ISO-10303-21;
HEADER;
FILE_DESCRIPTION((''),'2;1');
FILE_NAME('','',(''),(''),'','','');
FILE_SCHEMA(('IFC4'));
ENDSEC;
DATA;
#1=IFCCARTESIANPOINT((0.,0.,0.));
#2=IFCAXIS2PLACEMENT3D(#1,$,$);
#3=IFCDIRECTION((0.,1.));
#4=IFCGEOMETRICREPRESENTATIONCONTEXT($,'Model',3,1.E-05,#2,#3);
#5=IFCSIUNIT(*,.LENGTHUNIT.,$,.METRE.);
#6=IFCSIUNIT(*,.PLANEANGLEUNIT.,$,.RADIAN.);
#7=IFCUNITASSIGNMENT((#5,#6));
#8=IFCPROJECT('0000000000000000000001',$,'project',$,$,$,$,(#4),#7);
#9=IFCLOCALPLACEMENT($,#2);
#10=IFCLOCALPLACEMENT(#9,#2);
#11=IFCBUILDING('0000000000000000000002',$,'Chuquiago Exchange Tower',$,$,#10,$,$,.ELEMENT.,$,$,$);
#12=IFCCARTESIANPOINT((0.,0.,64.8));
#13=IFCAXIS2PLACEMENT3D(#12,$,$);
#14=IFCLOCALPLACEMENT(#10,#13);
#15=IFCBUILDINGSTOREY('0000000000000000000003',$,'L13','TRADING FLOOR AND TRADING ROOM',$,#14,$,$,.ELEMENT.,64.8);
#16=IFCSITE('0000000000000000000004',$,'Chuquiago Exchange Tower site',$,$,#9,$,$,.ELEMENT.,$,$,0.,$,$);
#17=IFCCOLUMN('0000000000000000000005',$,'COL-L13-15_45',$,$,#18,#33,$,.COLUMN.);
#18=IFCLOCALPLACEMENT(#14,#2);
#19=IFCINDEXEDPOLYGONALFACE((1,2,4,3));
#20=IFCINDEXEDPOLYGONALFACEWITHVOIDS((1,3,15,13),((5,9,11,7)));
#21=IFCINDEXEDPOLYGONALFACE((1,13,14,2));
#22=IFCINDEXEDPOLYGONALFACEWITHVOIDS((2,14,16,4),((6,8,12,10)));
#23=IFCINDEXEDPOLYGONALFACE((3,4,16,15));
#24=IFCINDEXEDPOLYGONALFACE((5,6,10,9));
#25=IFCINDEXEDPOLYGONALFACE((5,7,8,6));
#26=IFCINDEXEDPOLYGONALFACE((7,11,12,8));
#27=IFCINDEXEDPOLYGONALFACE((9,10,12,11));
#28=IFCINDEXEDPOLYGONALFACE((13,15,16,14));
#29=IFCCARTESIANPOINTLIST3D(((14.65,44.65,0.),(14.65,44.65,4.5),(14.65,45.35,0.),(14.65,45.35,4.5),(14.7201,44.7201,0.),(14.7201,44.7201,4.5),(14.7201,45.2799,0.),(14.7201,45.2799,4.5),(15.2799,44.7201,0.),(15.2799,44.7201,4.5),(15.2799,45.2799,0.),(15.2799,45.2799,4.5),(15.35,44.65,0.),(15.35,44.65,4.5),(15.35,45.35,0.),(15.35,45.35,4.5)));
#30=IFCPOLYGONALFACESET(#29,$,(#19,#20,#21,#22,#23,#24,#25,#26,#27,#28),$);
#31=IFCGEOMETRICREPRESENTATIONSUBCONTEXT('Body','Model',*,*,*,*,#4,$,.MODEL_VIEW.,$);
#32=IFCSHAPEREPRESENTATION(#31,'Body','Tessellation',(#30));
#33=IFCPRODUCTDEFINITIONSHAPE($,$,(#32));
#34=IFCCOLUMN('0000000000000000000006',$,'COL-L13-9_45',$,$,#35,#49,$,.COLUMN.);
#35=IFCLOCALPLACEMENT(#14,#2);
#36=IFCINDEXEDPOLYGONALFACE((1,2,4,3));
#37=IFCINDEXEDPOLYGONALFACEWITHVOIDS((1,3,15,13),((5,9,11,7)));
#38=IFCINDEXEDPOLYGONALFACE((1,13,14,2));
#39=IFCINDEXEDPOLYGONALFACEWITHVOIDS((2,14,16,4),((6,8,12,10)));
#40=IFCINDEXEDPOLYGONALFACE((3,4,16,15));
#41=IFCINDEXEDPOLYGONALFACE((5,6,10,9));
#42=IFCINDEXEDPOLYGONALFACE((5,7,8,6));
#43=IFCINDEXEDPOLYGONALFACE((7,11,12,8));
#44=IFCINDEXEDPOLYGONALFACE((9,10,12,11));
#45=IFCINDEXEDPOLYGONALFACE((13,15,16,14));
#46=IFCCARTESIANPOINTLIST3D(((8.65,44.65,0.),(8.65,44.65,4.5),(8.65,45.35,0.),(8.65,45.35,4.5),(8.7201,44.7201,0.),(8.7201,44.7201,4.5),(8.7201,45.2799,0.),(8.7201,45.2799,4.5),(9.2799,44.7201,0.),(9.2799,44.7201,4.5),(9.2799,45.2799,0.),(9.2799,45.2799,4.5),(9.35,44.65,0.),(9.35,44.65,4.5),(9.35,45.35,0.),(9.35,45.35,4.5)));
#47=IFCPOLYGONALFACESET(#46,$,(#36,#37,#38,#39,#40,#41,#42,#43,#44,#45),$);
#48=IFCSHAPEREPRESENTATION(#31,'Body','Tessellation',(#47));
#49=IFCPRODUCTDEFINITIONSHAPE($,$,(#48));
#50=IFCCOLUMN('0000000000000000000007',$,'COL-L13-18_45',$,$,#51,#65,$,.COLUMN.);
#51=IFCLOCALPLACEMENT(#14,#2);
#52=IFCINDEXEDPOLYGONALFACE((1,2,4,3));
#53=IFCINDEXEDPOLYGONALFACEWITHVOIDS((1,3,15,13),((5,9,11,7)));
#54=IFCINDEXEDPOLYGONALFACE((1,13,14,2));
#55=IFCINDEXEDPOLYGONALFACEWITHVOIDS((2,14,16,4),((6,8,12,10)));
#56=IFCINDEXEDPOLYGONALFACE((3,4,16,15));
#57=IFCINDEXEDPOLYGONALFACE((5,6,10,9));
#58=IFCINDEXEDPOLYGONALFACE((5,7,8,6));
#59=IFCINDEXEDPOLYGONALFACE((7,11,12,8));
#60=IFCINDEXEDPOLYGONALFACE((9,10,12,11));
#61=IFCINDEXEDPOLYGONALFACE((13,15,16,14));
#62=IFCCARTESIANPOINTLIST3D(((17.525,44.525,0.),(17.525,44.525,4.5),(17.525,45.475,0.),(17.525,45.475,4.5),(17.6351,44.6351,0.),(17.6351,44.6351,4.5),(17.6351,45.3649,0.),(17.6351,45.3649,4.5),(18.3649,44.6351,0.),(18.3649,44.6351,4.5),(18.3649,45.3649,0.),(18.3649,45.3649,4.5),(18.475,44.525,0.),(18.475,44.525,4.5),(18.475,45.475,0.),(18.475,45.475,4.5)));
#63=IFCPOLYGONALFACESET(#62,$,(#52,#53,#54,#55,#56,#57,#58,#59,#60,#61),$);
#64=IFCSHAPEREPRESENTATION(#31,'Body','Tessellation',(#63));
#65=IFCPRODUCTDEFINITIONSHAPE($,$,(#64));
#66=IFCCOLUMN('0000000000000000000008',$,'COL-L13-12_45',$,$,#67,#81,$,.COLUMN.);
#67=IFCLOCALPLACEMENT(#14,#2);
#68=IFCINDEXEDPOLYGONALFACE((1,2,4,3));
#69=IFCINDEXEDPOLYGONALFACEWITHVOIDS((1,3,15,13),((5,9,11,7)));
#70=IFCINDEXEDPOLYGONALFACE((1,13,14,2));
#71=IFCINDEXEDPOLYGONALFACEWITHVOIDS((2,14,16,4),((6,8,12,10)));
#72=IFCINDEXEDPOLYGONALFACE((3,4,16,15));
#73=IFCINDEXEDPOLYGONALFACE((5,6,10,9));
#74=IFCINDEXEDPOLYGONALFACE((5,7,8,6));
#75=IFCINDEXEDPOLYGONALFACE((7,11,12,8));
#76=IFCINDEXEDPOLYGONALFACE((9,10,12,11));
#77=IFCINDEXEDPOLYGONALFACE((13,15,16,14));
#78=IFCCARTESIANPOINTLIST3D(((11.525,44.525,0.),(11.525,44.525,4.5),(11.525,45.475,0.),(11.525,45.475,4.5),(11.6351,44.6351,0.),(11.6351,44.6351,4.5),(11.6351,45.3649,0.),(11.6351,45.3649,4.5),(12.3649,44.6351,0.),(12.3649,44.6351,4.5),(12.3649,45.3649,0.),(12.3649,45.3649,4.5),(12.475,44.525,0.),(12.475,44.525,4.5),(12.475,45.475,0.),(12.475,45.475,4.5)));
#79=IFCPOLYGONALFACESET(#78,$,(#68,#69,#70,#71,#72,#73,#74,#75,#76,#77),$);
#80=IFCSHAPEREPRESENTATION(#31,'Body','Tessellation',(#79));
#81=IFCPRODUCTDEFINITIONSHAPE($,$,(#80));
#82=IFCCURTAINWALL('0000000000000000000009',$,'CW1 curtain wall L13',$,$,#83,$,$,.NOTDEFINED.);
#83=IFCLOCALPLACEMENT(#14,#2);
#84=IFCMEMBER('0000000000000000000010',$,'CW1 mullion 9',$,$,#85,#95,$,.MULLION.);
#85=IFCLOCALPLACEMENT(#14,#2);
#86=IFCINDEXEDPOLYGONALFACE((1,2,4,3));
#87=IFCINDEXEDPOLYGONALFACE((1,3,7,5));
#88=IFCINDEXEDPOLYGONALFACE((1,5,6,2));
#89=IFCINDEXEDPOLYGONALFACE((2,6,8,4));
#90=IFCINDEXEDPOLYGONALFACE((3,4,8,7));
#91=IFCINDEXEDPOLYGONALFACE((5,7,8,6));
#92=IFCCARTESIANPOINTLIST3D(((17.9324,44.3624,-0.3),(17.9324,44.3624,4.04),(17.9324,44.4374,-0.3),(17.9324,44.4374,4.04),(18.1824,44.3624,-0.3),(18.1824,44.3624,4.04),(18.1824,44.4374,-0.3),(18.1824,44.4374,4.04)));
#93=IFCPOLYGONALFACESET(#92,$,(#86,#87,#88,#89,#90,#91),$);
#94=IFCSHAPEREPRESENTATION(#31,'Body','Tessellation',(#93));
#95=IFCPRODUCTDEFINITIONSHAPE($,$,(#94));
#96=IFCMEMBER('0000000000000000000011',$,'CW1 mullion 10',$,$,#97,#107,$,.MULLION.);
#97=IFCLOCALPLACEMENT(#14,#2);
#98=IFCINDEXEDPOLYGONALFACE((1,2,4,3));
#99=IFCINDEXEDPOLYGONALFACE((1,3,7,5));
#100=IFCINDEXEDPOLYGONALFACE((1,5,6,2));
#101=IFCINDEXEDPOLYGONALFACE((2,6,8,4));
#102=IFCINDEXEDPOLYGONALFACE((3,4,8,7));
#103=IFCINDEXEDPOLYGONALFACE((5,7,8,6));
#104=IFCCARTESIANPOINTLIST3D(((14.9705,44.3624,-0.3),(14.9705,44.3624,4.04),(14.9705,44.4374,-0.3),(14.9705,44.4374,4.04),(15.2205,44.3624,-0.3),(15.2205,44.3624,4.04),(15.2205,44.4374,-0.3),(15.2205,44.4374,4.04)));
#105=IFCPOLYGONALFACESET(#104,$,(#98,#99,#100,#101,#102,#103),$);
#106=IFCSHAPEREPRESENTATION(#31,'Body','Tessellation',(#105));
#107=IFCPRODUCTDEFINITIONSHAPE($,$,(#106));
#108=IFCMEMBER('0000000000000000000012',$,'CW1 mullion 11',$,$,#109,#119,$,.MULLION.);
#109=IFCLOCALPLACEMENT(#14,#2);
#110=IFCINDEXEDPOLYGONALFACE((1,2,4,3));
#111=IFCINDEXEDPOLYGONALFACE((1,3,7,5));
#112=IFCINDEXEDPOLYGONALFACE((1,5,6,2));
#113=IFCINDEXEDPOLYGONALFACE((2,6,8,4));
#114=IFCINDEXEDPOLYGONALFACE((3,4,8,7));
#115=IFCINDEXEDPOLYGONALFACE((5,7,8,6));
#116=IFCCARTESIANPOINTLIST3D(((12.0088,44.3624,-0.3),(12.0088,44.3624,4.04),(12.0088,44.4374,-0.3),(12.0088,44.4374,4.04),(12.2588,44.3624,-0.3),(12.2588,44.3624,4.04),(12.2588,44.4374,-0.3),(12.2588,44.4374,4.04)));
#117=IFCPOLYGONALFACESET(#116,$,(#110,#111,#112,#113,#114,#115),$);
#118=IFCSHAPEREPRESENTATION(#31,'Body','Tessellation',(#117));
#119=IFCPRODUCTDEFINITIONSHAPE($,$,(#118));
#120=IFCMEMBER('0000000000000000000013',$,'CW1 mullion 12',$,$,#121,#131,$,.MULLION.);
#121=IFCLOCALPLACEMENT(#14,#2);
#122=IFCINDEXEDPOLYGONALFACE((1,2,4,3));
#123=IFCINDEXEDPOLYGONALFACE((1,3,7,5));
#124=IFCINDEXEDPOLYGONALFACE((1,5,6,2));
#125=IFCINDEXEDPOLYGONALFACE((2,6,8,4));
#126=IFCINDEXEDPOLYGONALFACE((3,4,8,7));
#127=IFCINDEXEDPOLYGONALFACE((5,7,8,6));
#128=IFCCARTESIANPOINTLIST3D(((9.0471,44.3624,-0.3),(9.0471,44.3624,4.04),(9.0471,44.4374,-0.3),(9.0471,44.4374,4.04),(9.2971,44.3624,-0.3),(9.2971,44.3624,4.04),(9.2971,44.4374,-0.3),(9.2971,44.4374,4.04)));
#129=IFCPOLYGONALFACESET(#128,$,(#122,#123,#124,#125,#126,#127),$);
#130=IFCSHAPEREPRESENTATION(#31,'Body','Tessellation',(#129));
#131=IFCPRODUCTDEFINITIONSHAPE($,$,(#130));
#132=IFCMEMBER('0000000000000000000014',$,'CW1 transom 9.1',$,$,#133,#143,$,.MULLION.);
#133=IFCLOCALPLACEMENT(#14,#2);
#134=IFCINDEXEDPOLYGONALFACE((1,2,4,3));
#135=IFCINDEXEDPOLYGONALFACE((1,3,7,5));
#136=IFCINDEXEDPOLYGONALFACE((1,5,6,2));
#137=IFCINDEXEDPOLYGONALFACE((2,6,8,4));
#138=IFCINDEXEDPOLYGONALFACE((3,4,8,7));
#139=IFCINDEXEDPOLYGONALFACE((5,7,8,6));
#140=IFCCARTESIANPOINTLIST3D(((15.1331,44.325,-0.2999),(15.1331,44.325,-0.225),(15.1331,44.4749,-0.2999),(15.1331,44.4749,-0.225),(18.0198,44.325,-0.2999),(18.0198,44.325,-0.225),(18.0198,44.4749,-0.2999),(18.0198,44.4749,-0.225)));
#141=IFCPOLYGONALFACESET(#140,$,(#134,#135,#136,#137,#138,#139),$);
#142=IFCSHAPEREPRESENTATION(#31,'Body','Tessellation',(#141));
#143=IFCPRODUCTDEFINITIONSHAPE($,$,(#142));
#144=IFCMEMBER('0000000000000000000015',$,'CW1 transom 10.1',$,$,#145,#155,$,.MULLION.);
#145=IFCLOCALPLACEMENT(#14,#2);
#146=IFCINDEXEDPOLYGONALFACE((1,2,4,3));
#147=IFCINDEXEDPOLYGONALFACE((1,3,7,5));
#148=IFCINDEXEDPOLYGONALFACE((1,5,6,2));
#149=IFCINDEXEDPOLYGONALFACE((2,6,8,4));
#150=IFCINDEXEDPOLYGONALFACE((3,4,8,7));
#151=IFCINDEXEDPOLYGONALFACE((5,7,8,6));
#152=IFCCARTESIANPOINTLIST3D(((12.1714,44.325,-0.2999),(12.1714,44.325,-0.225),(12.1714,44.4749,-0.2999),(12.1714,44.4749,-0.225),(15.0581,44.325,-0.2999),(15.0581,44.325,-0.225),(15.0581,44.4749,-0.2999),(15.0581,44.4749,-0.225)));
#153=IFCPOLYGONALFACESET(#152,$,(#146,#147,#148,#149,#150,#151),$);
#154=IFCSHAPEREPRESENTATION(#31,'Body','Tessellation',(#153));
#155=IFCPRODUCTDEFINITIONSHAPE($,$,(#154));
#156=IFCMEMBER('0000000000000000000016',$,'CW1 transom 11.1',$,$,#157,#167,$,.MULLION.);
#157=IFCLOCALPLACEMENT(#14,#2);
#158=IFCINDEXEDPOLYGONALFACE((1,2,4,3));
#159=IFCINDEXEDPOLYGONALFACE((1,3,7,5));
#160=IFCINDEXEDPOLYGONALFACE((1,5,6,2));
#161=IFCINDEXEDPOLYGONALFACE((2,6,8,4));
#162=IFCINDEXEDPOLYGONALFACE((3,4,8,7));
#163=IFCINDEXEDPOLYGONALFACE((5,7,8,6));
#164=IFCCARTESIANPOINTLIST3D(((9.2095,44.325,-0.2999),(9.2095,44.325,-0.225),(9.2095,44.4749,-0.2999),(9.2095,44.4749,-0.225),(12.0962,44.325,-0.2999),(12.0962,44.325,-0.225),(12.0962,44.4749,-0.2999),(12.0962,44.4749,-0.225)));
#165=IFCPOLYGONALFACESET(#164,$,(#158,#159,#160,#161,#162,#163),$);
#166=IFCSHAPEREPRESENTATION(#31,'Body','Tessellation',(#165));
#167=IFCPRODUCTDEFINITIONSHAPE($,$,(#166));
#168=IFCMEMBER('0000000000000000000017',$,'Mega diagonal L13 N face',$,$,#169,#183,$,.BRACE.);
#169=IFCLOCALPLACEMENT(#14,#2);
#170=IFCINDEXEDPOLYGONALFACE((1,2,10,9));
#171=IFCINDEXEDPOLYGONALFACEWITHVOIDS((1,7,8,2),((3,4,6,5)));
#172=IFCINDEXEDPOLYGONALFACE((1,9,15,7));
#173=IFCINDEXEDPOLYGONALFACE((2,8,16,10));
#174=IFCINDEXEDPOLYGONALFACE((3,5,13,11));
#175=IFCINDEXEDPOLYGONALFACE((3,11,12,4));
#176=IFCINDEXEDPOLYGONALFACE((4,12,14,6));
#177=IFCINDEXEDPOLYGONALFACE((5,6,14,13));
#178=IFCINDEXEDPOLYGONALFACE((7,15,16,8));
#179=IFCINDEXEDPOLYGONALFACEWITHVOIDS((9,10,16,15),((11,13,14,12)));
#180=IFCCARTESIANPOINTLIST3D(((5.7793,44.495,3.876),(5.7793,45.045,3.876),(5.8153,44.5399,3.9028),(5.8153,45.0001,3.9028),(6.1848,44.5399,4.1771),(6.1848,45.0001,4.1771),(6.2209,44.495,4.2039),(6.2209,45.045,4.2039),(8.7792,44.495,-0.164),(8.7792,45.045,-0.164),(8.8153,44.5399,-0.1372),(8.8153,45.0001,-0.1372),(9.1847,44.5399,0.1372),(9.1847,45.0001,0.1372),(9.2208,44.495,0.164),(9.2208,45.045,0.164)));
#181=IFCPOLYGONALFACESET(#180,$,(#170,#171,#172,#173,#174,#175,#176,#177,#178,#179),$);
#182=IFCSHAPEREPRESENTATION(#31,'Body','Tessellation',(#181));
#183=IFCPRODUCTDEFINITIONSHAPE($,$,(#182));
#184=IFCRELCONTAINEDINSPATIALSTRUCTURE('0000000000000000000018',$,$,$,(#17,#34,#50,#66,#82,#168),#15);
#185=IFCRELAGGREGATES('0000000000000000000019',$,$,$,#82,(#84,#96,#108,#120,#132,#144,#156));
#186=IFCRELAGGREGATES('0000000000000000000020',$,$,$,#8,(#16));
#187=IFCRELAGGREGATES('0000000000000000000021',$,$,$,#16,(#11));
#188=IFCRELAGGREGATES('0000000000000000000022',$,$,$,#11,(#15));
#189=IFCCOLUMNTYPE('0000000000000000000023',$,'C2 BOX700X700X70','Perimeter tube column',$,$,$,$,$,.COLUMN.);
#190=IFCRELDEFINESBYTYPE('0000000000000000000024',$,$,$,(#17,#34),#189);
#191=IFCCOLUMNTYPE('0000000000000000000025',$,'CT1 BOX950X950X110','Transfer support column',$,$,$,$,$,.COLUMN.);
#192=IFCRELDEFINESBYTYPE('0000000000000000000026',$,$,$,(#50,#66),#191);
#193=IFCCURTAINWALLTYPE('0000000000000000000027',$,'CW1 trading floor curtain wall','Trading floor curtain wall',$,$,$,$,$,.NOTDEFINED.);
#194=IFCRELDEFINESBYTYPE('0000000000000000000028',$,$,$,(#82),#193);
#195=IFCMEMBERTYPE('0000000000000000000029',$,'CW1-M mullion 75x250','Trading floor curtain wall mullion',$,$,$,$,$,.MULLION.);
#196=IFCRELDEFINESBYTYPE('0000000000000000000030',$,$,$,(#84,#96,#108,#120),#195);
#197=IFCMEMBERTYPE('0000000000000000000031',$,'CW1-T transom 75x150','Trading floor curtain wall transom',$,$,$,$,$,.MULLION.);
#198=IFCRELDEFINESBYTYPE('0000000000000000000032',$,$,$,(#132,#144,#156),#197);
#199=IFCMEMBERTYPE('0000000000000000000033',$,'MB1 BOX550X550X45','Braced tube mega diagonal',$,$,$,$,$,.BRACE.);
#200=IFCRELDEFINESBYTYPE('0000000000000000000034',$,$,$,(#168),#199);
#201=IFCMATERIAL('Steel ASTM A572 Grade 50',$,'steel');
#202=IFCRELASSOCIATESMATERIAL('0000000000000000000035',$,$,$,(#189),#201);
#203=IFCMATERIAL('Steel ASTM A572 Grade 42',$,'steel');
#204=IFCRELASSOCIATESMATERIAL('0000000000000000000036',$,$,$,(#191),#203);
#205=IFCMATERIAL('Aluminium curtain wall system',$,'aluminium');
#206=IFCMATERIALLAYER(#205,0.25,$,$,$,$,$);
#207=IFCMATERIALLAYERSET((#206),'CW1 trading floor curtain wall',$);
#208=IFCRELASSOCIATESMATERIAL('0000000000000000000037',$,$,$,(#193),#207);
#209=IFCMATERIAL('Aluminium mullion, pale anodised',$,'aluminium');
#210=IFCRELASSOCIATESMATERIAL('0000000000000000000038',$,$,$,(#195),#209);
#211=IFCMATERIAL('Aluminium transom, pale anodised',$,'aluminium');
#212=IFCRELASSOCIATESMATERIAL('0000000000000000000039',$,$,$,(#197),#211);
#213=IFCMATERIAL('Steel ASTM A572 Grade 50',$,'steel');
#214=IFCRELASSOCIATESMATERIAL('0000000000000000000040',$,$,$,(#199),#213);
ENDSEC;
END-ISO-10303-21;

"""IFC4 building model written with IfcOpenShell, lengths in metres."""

from ifc_helpers import new_model, si_unit, direction, frame, origin, origin_2d, place, context, subcontext, project, spatial, rectangle, hollow_rectangle, extrude, material, layer, layer_set, material_profile, profile_set, type_object, element, aggregate, save


model = new_model("IFC4")

# Units and contexts
model_context = context("Model", 3, precision=1e-05, world=origin(), true_north=direction((0.0, 1.0)))
body_context = subcontext(model_context, "Body", "Model", "MODEL_VIEW")
ifc_project = project(units=[si_unit("LENGTHUNIT", "METRE"), si_unit("PLANEANGLEUNIT", "RADIAN")], contexts=[model_context])

# Site, building, storey
site_placement = place(None, origin())
site = spatial("IfcSite", under=ifc_project, at=site_placement, Name="Chuquiago Exchange Tower site", CompositionType="ELEMENT", RefElevation=0.0)
building_placement = place(site_placement, origin())
building = spatial("IfcBuilding", under=site, at=building_placement, Name="Chuquiago Exchange Tower", CompositionType="ELEMENT")
storey_placement = place(building_placement, frame((0.0, 0.0, 64.8)))
storey = spatial("IfcBuildingStorey", under=building, at=storey_placement, Name="L13", Description="TRADING FLOOR AND TRADING ROOM", CompositionType="ELEMENT", Elevation=64.8)

# Columns
ifc_material_1 = material(Name="Steel ASTM A572 Grade 50", Category="steel")
ifc_material_profile_1 = material_profile(ifc_material_1, hollow_rectangle(XDim=0.7, YDim=0.7, WallThickness=0.0701, at=origin_2d()), Name="BOX700X700X70")
ifc_profile_set_1 = profile_set([ifc_material_profile_1], Name="Steel ASTM A572 Grade 50")
column_type_1 = type_object("IfcColumnType", Name="C2 BOX700X700X70", Description="Perimeter tube column", PredefinedType="COLUMN", material=ifc_profile_set_1)
for number, where, z_axis, x_axis, name in (
    (1, (15.0, 45.0, 0.0), (0.0, 0.0, 1.0), (0.0, 1.0, 0.0), "COL-L13-15_45"),
    (2, (9.0, 45.0, 0.0), (0.0, 0.0, 1.0), (0.0, 1.0, 0.0), "COL-L13-9_45"),
):
    element("IfcColumn", number, at=place(storey_placement, frame(where, z_axis=z_axis, x_axis=x_axis)), inside=storey, type_object=column_type_1, Name=name, PredefinedType="COLUMN", context=body_context, shape_type="SweptSolid", body=[
        extrude(hollow_rectangle(XDim=0.7, YDim=0.7, WallThickness=0.0701, at=origin_2d()), origin(), (0.0, 0.0, 1.0), 4.5),
    ])
ifc_material_2 = material(Name="Steel ASTM A572 Grade 42", Category="steel")
ifc_material_profile_2 = material_profile(ifc_material_2, hollow_rectangle(XDim=0.95, YDim=0.95, WallThickness=0.1101, at=origin_2d()), Name="BOX950X950X110")
ifc_profile_set_2 = profile_set([ifc_material_profile_2], Name="Steel ASTM A572 Grade 42")
column_type_2 = type_object("IfcColumnType", Name="CT1 BOX950X950X110", Description="Transfer support column", PredefinedType="COLUMN", material=ifc_profile_set_2)
for number, where, z_axis, x_axis, name in (
    (3, (18.0, 45.0, 0.0), (0.0, 0.0, 1.0), (0.0, 1.0, 0.0), "COL-L13-18_45"),
    (4, (12.0, 45.0, 0.0), (0.0, 0.0, 1.0), (0.0, 1.0, 0.0), "COL-L13-12_45"),
):
    element("IfcColumn", number, at=place(storey_placement, frame(where, z_axis=z_axis, x_axis=x_axis)), inside=storey, type_object=column_type_2, Name=name, PredefinedType="COLUMN", context=body_context, shape_type="SweptSolid", body=[
        extrude(hollow_rectangle(XDim=0.95, YDim=0.95, WallThickness=0.1101, at=origin_2d()), origin(), (0.0, 0.0, 1.0), 4.5),
    ])

# Curtain wall, members
ifc_material_3 = material(Name="Aluminium curtain wall system", Category="aluminium")
ifc_layer_1 = layer(ifc_material_3, 0.25)
ifc_layer_set_1 = layer_set([ifc_layer_1], Name="CW1 trading floor curtain wall")
curtain_wall_type = type_object("IfcCurtainWallType", Name="CW1 trading floor curtain wall", Description="Trading floor curtain wall", PredefinedType="NOTDEFINED", material=ifc_layer_set_1)
curtain_wall_placement = place(storey_placement, origin())
curtain_wall = element("IfcCurtainWall", 5, at=curtain_wall_placement, inside=storey, type_object=curtain_wall_type, Name="CW1 curtain wall L13", PredefinedType="NOTDEFINED")
ifc_material_4 = material(Name="Aluminium mullion, pale anodised", Category="aluminium")
ifc_material_profile_3 = material_profile(ifc_material_4, rectangle(XDim=0.075, YDim=0.25, at=origin_2d()), Name="AL 75x250")
ifc_profile_set_3 = profile_set([ifc_material_profile_3], Name="Aluminium mullion, pale anodised")
member_type_1 = type_object("IfcMemberType", Name="CW1-M mullion 75x250", Description="Trading floor curtain wall mullion", PredefinedType="MULLION", material=ifc_profile_set_3)
member_1_placement = place(storey_placement, frame((18.0574, 44.3999, -0.3), z_axis=(0.0, 0.0, 1.0), x_axis=(0.0, -1.0, 0.0)))
member_1 = element("IfcMember", 6, at=member_1_placement, type_object=member_type_1, Name="CW1 mullion 9", PredefinedType="MULLION", context=body_context, shape_type="SweptSolid", body=[
    extrude(rectangle(XDim=0.075, YDim=0.25, at=origin_2d()), origin(), (0.0, 0.0, 1.0), 4.3401),
])
member_2_placement = place(storey_placement, frame((15.0955, 44.3999, -0.3), z_axis=(0.0, 0.0, 1.0), x_axis=(0.0, -1.0, 0.0)))
member_2 = element("IfcMember", 7, at=member_2_placement, type_object=member_type_1, Name="CW1 mullion 10", PredefinedType="MULLION", context=body_context, shape_type="SweptSolid", body=[
    extrude(rectangle(XDim=0.075, YDim=0.25, at=origin_2d()), origin(), (0.0, 0.0, 1.0), 4.3401),
])
member_3_placement = place(storey_placement, frame((12.1338, 44.3999, -0.3), z_axis=(0.0, 0.0, 1.0), x_axis=(0.0, -1.0, 0.0)))
member_3 = element("IfcMember", 8, at=member_3_placement, type_object=member_type_1, Name="CW1 mullion 11", PredefinedType="MULLION", context=body_context, shape_type="SweptSolid", body=[
    extrude(rectangle(XDim=0.075, YDim=0.25, at=origin_2d()), origin(), (0.0, 0.0, 1.0), 4.3401),
])
member_4_placement = place(storey_placement, frame((9.1721, 44.3999, -0.3), z_axis=(0.0, 0.0, 1.0), x_axis=(0.0, -1.0, 0.0)))
member_4 = element("IfcMember", 9, at=member_4_placement, type_object=member_type_1, Name="CW1 mullion 12", PredefinedType="MULLION", context=body_context, shape_type="SweptSolid", body=[
    extrude(rectangle(XDim=0.075, YDim=0.25, at=origin_2d()), origin(), (0.0, 0.0, 1.0), 4.3401),
])
ifc_material_5 = material(Name="Aluminium transom, pale anodised", Category="aluminium")
ifc_material_profile_4 = material_profile(ifc_material_5, rectangle(XDim=0.1499, YDim=0.075, at=origin_2d()), Name="AL 150x75")
ifc_profile_set_4 = profile_set([ifc_material_profile_4], Name="Aluminium transom, pale anodised")
member_type_2 = type_object("IfcMemberType", Name="CW1-T transom 75x150", Description="Trading floor curtain wall transom", PredefinedType="MULLION", material=ifc_profile_set_4)
member_5_placement = place(storey_placement, frame((18.0198, 44.3999, -0.2625), z_axis=(-1.0, 0.0, 0.0), x_axis=(0.0, -1.0, 0.0)))
member_5 = element("IfcMember", 10, at=member_5_placement, type_object=member_type_2, Name="CW1 transom 9.1", PredefinedType="MULLION", context=body_context, shape_type="SweptSolid", body=[
    extrude(rectangle(XDim=0.1499, YDim=0.075, at=origin_2d()), origin(), (0.0, 0.0, 1.0), 2.8867),
])
member_6_placement = place(storey_placement, frame((15.0581, 44.3999, -0.2625), z_axis=(-1.0, 0.0, 0.0), x_axis=(0.0, -1.0, 0.0)))
member_6 = element("IfcMember", 11, at=member_6_placement, type_object=member_type_2, Name="CW1 transom 10.1", PredefinedType="MULLION", context=body_context, shape_type="SweptSolid", body=[
    extrude(rectangle(XDim=0.1499, YDim=0.075, at=origin_2d()), origin(), (0.0, 0.0, 1.0), 2.8867),
])
member_7_placement = place(storey_placement, frame((12.0962, 44.3999, -0.2625), z_axis=(-1.0, 0.0, 0.0), x_axis=(0.0, -1.0, 0.0)))
member_7 = element("IfcMember", 12, at=member_7_placement, type_object=member_type_2, Name="CW1 transom 11.1", PredefinedType="MULLION", context=body_context, shape_type="SweptSolid", body=[
    extrude(rectangle(XDim=0.1499, YDim=0.075, at=origin_2d()), origin(), (0.0, 0.0, 1.0), 2.8867),
])

# Member
ifc_material_6 = material(Name="Steel ASTM A572 Grade 50", Category="steel")
ifc_material_profile_5 = material_profile(ifc_material_6, hollow_rectangle(XDim=0.55, YDim=0.55, WallThickness=0.0449, at=origin_2d()), Name="BOX550X550X45")
ifc_profile_set_5 = profile_set([ifc_material_profile_5], Name="Steel ASTM A572 Grade 50")
member_type_3 = type_object("IfcMemberType", Name="MB1 BOX550X550X45", Description="Braced tube mega diagonal", PredefinedType="BRACE", material=ifc_profile_set_5)
member_8_placement = place(storey_placement, frame((9.0, 44.77, 0.0), z_axis=(-0.596174, 0.0, 0.802855), x_axis=(0.0, -1.0, 0.0)))
element("IfcMember", 13, at=member_8_placement, inside=storey, type_object=member_type_3, Name="Mega diagonal L13 N face", PredefinedType="BRACE", context=body_context, shape_type="SweptSolid", body=[
    extrude(hollow_rectangle(XDim=0.55, YDim=0.55, WallThickness=0.0449, at=origin_2d()), origin(), (0.0, 0.0, 1.0), 5.032),
])

aggregate(curtain_wall, [member_1, member_2, member_3, member_4, member_5, member_6, member_7])

save(model, "model.ifc")
